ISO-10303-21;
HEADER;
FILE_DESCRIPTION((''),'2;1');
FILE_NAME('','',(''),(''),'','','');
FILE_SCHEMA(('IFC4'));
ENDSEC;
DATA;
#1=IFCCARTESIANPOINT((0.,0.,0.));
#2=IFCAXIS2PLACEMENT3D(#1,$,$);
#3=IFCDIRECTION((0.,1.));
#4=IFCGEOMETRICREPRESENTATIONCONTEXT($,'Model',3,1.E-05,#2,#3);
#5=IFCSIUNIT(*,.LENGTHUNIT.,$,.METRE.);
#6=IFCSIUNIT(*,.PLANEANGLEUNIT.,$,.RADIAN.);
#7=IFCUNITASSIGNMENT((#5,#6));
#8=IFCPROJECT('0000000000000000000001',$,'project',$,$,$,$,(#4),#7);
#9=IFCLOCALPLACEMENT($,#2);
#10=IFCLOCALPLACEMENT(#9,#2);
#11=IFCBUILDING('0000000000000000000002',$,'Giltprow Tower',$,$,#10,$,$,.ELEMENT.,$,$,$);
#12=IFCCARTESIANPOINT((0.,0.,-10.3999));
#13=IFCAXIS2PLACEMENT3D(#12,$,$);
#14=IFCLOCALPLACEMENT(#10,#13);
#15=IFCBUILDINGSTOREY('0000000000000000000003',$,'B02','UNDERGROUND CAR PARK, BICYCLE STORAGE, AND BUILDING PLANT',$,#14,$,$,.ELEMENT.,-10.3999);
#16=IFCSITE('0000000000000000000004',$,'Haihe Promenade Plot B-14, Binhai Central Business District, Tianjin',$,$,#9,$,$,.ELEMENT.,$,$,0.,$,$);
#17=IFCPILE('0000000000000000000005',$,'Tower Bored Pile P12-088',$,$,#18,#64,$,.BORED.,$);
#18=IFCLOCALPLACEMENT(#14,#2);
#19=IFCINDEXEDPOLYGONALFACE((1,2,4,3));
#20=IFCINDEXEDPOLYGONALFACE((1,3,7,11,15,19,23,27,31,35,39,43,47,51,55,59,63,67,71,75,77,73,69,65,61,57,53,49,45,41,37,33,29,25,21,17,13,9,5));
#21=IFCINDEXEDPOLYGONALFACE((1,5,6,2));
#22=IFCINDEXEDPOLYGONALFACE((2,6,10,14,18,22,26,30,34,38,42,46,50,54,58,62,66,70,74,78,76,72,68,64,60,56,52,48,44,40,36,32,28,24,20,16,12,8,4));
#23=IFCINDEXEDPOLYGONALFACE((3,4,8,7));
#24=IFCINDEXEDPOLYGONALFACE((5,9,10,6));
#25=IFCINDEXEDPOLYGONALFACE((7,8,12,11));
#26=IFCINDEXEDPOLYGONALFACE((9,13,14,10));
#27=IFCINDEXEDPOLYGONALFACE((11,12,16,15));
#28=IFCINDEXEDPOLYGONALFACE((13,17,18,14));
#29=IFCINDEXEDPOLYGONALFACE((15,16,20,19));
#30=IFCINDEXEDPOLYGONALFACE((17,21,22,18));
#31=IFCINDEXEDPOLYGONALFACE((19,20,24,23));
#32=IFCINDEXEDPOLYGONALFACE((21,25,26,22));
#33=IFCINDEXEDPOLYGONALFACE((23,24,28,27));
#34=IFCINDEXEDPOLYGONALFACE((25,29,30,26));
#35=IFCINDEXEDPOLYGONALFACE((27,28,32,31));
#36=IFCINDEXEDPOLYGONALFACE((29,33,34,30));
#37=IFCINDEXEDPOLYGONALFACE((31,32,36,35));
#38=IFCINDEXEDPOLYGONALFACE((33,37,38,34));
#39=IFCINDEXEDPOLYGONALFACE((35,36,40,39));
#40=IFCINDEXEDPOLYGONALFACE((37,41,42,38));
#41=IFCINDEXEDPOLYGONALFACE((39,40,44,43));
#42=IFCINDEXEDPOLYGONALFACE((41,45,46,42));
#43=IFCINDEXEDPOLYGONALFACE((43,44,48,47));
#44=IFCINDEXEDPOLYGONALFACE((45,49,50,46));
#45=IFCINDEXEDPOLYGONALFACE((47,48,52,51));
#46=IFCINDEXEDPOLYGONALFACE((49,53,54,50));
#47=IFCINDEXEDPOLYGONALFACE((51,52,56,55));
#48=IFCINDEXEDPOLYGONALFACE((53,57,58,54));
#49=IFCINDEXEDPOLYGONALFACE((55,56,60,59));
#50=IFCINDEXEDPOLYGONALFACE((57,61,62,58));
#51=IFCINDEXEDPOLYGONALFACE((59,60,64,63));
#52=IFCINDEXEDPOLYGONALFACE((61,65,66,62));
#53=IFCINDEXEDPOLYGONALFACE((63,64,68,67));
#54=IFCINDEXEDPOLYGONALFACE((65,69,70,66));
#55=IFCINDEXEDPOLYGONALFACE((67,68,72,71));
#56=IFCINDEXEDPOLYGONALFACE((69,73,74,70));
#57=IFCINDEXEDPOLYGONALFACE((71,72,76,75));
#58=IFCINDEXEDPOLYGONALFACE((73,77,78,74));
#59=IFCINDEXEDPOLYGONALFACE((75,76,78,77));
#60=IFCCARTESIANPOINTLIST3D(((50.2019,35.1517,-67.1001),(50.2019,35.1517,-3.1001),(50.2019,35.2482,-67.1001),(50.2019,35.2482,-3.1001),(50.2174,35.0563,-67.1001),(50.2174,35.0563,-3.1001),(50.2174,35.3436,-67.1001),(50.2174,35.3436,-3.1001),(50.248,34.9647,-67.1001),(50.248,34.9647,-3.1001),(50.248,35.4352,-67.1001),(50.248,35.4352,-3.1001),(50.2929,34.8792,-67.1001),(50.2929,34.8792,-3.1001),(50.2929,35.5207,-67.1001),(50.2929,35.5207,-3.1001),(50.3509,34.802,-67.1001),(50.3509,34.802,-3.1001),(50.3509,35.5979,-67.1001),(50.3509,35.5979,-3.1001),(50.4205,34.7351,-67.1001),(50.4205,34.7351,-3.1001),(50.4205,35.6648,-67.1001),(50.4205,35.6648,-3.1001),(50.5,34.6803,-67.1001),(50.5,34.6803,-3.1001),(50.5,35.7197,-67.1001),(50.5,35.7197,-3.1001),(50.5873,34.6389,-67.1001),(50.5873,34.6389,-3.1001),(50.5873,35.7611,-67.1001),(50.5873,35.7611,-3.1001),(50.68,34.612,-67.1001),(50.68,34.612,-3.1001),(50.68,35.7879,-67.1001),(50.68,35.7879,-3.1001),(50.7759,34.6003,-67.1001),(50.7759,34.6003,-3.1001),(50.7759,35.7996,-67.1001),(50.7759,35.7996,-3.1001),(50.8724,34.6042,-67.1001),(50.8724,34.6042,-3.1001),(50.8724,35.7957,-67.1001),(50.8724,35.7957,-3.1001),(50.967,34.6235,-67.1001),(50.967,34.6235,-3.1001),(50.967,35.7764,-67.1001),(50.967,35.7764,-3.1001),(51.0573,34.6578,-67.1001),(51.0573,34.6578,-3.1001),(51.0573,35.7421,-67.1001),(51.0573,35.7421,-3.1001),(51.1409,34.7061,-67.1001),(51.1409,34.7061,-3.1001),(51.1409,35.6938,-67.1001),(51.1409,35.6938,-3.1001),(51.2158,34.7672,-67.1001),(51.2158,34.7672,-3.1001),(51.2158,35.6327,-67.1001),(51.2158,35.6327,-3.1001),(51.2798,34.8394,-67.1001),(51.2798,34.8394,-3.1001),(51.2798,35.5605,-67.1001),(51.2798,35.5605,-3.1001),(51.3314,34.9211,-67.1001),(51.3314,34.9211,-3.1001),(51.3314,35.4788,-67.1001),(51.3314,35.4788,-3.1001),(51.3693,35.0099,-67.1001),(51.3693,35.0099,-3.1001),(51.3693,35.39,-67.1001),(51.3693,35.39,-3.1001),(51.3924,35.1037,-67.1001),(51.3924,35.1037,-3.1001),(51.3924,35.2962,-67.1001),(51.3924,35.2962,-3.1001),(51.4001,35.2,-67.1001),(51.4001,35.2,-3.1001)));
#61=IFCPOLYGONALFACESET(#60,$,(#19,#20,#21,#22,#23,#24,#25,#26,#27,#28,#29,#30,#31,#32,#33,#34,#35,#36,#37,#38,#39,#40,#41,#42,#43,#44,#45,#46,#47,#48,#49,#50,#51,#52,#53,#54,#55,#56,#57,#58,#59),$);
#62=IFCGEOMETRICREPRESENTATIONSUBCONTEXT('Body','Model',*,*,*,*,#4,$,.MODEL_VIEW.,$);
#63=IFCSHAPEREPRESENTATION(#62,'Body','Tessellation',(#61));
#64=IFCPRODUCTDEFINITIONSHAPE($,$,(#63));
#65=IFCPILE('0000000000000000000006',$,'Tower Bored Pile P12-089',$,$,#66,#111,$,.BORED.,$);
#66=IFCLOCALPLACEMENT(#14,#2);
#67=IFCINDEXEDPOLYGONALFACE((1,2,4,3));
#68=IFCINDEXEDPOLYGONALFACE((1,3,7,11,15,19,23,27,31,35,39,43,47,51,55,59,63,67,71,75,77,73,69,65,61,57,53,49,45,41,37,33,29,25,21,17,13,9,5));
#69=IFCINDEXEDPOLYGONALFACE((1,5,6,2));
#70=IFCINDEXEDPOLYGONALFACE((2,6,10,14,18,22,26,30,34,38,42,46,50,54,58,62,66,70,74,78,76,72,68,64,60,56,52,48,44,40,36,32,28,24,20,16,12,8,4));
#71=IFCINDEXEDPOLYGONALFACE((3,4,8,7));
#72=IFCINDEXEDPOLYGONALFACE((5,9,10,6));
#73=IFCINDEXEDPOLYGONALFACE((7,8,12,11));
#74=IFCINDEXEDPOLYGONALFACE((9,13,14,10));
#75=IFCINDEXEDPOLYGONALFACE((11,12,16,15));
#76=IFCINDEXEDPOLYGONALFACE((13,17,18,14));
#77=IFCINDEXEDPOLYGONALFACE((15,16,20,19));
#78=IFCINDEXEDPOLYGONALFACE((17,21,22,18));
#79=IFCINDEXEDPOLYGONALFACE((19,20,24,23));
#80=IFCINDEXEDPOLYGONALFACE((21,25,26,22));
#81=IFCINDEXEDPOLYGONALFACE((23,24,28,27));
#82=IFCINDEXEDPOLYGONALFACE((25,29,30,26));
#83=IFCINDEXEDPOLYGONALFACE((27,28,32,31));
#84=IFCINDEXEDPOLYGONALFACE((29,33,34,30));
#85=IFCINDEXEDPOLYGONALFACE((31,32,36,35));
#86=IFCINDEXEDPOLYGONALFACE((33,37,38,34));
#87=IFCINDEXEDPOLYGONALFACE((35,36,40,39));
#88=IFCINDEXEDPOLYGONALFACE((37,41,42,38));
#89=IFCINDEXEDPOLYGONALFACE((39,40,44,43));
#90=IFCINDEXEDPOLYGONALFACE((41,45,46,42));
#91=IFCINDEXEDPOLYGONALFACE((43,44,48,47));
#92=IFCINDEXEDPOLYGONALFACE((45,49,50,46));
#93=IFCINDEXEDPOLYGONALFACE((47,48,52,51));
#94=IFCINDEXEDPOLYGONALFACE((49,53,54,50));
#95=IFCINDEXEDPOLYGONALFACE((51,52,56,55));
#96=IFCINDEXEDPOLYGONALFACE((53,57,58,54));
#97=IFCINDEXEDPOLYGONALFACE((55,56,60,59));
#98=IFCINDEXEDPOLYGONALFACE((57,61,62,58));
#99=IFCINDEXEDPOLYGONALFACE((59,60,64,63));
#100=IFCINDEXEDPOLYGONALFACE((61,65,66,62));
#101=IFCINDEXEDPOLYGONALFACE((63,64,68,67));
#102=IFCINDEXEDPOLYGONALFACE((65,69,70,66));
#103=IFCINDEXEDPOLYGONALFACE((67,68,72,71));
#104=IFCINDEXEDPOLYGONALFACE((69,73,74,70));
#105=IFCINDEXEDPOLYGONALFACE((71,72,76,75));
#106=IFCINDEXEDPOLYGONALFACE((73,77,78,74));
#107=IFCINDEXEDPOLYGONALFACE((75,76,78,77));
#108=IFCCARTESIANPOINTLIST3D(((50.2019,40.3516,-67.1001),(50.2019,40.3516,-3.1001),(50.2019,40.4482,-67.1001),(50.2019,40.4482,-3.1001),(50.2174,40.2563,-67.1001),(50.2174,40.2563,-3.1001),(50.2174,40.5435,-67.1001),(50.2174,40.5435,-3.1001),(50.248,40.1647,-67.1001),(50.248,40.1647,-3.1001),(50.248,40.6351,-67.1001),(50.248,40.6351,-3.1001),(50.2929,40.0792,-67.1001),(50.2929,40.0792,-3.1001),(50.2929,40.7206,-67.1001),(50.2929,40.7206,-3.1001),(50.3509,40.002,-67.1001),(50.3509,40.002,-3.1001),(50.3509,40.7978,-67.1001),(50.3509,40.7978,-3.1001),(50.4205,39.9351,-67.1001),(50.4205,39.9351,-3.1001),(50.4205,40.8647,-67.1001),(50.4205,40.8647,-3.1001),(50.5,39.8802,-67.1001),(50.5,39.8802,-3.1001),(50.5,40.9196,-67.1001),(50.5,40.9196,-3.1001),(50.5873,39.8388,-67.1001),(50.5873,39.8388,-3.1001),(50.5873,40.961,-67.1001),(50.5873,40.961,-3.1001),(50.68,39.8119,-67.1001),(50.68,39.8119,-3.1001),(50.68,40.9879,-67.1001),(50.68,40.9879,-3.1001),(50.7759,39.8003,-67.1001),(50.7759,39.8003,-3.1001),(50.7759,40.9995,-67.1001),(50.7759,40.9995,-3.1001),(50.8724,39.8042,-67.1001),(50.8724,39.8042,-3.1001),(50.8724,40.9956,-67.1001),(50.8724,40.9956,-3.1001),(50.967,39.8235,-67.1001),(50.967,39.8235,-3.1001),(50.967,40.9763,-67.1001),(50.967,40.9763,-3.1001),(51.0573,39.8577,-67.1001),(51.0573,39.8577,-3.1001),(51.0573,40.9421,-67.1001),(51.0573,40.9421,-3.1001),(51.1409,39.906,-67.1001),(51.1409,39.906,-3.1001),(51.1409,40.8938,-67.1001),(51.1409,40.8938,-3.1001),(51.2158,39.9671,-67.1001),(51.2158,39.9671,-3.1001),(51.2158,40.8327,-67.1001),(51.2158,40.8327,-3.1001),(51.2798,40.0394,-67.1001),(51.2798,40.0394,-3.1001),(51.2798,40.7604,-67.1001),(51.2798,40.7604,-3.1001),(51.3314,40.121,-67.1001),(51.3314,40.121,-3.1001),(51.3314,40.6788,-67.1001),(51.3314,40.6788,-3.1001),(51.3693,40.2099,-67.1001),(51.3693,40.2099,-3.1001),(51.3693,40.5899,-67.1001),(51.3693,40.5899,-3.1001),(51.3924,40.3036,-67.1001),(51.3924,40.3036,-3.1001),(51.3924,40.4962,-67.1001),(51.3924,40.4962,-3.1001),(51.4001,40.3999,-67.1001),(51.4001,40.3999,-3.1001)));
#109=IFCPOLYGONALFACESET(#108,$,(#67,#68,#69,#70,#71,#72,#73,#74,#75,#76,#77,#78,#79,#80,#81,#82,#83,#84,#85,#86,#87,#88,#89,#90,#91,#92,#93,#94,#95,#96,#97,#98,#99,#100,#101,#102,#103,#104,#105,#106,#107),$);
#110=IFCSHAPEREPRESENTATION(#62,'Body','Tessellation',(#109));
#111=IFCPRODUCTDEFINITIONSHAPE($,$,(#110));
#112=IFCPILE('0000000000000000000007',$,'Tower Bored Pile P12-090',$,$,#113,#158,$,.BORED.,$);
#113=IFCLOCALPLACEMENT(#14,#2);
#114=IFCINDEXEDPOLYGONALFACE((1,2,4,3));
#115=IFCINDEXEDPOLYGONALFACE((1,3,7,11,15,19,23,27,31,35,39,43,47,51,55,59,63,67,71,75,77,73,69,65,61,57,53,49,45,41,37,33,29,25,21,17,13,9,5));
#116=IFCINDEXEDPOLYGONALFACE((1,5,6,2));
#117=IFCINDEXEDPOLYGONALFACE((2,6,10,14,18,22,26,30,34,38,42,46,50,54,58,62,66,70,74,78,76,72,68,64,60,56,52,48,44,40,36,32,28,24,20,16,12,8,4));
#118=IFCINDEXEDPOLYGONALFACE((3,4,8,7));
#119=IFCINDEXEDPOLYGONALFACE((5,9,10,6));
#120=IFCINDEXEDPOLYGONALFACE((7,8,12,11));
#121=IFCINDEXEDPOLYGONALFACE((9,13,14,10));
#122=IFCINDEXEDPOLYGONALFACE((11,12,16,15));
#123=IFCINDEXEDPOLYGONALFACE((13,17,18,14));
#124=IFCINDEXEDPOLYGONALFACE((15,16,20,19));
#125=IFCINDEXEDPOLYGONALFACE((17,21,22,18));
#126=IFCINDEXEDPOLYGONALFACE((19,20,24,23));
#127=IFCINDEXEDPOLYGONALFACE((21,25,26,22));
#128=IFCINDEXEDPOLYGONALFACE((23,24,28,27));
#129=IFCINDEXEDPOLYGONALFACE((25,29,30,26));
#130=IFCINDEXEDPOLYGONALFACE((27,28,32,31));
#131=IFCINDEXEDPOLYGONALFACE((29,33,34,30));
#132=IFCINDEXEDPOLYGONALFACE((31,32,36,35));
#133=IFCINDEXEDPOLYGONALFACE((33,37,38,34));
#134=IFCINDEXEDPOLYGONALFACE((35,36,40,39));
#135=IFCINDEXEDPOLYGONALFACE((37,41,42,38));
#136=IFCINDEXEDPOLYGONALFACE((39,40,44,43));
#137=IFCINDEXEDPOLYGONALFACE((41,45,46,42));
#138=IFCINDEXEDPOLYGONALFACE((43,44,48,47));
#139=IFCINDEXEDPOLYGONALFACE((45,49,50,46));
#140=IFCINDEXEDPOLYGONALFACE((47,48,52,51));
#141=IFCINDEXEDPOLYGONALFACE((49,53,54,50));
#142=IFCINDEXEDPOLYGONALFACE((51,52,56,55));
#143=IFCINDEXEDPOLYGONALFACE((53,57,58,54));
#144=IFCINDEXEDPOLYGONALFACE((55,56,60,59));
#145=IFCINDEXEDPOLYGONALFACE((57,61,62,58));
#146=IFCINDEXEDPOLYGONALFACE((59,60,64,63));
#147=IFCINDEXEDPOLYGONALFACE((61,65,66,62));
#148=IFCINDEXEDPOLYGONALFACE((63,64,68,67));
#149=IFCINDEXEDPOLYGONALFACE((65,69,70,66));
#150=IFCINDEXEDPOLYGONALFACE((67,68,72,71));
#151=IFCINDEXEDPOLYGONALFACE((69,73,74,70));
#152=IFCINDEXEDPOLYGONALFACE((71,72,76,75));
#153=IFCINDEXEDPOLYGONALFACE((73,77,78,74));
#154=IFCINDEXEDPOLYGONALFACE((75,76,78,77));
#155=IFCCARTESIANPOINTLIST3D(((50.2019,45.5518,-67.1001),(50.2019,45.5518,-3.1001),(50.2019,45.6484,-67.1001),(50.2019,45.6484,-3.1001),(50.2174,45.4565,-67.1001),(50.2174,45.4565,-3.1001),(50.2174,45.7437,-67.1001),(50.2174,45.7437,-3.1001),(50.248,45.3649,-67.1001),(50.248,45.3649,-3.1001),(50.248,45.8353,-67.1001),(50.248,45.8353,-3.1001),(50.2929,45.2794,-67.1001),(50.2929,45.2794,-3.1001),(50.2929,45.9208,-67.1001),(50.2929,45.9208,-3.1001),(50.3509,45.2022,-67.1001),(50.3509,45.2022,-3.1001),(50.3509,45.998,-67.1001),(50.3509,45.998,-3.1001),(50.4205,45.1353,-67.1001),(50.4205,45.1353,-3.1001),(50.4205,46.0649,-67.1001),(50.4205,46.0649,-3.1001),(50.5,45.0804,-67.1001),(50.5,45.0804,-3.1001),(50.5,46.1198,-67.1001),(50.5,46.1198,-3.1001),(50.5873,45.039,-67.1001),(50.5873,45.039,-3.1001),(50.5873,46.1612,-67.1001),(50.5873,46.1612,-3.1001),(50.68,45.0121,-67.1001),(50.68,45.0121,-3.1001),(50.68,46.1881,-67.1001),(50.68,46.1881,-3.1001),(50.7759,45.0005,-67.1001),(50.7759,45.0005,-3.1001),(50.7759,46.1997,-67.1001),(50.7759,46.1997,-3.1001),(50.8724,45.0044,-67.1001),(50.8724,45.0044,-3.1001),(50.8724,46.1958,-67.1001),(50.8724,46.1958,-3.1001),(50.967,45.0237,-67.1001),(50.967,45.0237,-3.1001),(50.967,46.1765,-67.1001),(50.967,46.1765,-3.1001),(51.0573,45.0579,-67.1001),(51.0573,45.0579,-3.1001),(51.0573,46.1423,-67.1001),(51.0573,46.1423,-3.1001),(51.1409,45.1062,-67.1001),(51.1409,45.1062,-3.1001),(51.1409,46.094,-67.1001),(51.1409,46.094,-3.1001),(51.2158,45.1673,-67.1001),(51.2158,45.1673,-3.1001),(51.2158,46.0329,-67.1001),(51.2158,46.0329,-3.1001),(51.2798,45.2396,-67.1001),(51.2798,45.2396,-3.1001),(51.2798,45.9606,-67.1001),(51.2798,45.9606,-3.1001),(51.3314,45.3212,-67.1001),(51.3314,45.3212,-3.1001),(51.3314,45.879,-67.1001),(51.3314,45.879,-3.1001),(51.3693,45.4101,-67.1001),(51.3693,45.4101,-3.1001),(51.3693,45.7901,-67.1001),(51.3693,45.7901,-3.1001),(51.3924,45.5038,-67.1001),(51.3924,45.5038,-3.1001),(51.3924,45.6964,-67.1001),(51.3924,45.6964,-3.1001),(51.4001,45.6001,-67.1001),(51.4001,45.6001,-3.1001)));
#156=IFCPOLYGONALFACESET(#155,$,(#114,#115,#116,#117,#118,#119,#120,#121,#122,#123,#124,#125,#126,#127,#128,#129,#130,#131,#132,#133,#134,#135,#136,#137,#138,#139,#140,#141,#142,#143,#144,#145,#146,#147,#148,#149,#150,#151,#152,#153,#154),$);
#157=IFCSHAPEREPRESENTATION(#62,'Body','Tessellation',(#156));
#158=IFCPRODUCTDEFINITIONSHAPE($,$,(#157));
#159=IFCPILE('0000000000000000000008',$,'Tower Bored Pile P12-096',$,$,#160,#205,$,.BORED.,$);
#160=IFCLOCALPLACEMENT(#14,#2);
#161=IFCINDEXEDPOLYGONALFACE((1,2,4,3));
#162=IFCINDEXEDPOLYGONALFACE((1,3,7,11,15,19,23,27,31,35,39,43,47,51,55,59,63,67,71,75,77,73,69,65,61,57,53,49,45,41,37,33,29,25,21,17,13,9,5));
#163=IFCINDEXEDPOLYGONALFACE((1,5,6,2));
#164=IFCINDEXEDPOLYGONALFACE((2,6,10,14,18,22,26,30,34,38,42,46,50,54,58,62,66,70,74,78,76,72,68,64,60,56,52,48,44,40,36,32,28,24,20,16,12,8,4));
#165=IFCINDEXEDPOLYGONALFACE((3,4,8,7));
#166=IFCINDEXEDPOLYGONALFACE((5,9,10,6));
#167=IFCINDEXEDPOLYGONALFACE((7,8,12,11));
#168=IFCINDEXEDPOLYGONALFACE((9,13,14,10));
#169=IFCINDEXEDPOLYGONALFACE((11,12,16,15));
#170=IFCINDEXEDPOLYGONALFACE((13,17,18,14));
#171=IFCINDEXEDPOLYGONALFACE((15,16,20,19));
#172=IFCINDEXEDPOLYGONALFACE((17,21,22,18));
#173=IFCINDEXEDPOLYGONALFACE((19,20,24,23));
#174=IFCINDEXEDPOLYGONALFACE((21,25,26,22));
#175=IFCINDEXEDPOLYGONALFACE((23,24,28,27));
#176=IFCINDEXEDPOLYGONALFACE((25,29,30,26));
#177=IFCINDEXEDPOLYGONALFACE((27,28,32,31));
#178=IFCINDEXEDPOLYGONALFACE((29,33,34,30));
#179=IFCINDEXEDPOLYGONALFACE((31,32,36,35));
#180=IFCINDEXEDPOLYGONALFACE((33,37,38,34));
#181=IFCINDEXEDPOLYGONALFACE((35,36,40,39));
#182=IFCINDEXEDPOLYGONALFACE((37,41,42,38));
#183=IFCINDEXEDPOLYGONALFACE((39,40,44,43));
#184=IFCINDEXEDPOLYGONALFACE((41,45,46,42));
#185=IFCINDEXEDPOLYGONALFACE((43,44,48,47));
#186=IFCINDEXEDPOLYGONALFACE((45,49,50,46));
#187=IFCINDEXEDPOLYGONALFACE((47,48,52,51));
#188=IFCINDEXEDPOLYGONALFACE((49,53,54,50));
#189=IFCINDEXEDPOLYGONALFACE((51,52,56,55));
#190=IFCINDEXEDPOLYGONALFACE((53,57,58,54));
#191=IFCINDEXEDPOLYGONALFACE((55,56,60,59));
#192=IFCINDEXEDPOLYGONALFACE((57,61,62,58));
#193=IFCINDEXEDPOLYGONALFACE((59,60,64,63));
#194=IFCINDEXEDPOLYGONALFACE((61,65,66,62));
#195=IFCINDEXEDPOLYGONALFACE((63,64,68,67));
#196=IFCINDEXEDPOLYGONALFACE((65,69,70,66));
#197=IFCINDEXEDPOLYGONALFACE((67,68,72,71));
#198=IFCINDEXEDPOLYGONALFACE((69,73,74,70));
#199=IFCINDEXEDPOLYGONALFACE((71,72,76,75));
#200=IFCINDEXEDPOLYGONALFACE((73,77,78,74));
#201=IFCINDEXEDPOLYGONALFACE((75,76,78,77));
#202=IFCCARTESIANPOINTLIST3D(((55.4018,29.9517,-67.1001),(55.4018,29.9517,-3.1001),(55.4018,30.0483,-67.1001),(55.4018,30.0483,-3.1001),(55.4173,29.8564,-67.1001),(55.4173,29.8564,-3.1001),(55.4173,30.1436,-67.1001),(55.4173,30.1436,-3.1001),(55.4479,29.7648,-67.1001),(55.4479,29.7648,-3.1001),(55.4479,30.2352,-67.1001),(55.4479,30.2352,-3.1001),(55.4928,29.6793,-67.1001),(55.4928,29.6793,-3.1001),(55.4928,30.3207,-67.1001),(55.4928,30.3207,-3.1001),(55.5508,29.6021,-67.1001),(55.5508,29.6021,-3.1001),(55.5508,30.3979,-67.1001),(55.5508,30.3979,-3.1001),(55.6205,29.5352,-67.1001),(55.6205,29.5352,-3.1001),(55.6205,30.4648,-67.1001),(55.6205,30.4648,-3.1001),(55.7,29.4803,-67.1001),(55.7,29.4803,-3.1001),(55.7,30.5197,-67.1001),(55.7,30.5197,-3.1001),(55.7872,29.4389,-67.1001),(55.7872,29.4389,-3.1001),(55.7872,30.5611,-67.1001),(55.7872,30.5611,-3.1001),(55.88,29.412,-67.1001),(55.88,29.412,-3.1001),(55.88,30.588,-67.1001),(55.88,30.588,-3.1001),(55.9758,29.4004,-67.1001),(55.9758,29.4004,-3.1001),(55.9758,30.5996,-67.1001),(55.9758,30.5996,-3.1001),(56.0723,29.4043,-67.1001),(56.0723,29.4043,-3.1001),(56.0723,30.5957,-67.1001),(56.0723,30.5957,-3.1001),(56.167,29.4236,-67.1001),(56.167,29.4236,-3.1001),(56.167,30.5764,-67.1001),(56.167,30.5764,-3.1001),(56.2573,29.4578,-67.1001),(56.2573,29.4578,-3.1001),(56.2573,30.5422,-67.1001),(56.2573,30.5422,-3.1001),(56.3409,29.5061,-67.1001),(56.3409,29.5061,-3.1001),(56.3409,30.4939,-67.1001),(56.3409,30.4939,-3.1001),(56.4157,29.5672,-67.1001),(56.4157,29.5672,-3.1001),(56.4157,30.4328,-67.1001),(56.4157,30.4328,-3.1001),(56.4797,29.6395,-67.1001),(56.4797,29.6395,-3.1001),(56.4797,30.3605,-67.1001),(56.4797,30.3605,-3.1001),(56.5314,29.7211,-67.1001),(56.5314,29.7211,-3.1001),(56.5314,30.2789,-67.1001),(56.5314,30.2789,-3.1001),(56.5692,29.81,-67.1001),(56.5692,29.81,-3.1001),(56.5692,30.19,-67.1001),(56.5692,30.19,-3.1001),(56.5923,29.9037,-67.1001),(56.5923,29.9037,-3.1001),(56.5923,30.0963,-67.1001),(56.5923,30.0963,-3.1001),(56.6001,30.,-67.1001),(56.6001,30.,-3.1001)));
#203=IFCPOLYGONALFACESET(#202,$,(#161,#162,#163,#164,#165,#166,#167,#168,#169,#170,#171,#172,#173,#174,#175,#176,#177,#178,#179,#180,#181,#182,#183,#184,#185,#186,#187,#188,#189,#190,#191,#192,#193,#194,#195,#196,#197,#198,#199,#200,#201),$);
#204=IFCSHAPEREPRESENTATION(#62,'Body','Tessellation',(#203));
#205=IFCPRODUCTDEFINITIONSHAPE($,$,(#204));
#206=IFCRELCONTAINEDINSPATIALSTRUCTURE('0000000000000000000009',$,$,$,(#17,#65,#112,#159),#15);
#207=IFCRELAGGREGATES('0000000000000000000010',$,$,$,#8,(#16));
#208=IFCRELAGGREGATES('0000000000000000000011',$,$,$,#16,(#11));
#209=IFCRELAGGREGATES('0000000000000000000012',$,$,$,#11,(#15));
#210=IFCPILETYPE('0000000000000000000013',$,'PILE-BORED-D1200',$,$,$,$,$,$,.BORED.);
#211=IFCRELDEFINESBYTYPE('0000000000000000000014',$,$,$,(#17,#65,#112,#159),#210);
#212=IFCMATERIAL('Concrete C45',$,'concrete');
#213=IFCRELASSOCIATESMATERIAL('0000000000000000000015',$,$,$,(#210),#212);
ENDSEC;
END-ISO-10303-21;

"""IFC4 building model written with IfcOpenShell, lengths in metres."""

from ifc_helpers import new_model, si_unit, direction, frame, origin, origin_2d, place, context, subcontext, project, spatial, circle, extrude, source, transform, mapped, material, material_profile, profile_set, type_object, element, save


model = new_model("IFC4")

# Units and contexts
model_context = context("Model", 3, precision=1e-05, world=origin(), true_north=direction((0.0, 1.0)))
body_context = subcontext(model_context, "Body", "Model", "MODEL_VIEW")
ifc_project = project(units=[si_unit("LENGTHUNIT", "METRE"), si_unit("PLANEANGLEUNIT", "RADIAN")], contexts=[model_context])

# Site, building, storey
site_placement = place(None, origin())
site = spatial("IfcSite", under=ifc_project, at=site_placement, Name="Haihe Promenade Plot B-14, Binhai Central Business District, Tianjin", CompositionType="ELEMENT", RefElevation=0.0)
building_placement = place(site_placement, origin())
building = spatial("IfcBuilding", under=site, at=building_placement, Name="Giltprow Tower", CompositionType="ELEMENT")
storey_placement = place(building_placement, frame((0.0, 0.0, -10.3999)))
storey = spatial("IfcBuildingStorey", under=building, at=storey_placement, Name="B02", Description="UNDERGROUND CAR PARK, BICYCLE STORAGE, AND BUILDING PLANT", CompositionType="ELEMENT", Elevation=-10.3999)

# Piles
ifc_material_1 = material(Name="Concrete C45", Category="concrete")
ifc_material_profile_1 = material_profile(ifc_material_1, circle(Radius=0.6001, at=origin_2d()), Name="PILE D1200")
ifc_profile_set_1 = profile_set([ifc_material_profile_1], Name="Concrete C45")
pile_type_1 = type_object("IfcPileType", Name="PILE-BORED-D1200", PredefinedType="BORED", material=ifc_profile_set_1)
shared_shape_1 = source(origin(), body_context, "Body", "SweptSolid", [
    extrude(circle(Radius=0.6001, at=origin_2d()), origin(), (0.0, 0.0, 1.0), 64.0),
])
for number, where, z_axis, x_axis, name in (
    (1, (50.8, 35.2, -3.1001), (0.0, 0.0, -1.0), (1.0, 0.0, 0.0), "Tower Bored Pile P12-088"),
    (2, (50.8, 40.3999, -3.1001), (0.0, 0.0, -1.0), (1.0, 0.0, 0.0), "Tower Bored Pile P12-089"),
    (3, (50.8, 45.6001, -3.1001), (0.0, 0.0, -1.0), (1.0, 0.0, 0.0), "Tower Bored Pile P12-090"),
    (4, (56.0, 30.0, -3.1001), (0.0, 0.0, -1.0), (1.0, 0.0, 0.0), "Tower Bored Pile P12-096"),
):
    element("IfcPile", number, at=place(storey_placement, frame(where, z_axis=z_axis, x_axis=x_axis)), inside=storey, type_object=pile_type_1, Name=name, PredefinedType="BORED", context=body_context, shape_type="MappedRepresentation", body=[
        mapped(shared_shape_1, transform((0.0, 0.0, 0.0), x_axis=(1.0, 0.0, 0.0), y_axis=(0.0, 1.0, 0.0), z_axis=(0.0, 0.0, 1.0), scale=1.0)),
    ])

save(model, "model.ifc")
